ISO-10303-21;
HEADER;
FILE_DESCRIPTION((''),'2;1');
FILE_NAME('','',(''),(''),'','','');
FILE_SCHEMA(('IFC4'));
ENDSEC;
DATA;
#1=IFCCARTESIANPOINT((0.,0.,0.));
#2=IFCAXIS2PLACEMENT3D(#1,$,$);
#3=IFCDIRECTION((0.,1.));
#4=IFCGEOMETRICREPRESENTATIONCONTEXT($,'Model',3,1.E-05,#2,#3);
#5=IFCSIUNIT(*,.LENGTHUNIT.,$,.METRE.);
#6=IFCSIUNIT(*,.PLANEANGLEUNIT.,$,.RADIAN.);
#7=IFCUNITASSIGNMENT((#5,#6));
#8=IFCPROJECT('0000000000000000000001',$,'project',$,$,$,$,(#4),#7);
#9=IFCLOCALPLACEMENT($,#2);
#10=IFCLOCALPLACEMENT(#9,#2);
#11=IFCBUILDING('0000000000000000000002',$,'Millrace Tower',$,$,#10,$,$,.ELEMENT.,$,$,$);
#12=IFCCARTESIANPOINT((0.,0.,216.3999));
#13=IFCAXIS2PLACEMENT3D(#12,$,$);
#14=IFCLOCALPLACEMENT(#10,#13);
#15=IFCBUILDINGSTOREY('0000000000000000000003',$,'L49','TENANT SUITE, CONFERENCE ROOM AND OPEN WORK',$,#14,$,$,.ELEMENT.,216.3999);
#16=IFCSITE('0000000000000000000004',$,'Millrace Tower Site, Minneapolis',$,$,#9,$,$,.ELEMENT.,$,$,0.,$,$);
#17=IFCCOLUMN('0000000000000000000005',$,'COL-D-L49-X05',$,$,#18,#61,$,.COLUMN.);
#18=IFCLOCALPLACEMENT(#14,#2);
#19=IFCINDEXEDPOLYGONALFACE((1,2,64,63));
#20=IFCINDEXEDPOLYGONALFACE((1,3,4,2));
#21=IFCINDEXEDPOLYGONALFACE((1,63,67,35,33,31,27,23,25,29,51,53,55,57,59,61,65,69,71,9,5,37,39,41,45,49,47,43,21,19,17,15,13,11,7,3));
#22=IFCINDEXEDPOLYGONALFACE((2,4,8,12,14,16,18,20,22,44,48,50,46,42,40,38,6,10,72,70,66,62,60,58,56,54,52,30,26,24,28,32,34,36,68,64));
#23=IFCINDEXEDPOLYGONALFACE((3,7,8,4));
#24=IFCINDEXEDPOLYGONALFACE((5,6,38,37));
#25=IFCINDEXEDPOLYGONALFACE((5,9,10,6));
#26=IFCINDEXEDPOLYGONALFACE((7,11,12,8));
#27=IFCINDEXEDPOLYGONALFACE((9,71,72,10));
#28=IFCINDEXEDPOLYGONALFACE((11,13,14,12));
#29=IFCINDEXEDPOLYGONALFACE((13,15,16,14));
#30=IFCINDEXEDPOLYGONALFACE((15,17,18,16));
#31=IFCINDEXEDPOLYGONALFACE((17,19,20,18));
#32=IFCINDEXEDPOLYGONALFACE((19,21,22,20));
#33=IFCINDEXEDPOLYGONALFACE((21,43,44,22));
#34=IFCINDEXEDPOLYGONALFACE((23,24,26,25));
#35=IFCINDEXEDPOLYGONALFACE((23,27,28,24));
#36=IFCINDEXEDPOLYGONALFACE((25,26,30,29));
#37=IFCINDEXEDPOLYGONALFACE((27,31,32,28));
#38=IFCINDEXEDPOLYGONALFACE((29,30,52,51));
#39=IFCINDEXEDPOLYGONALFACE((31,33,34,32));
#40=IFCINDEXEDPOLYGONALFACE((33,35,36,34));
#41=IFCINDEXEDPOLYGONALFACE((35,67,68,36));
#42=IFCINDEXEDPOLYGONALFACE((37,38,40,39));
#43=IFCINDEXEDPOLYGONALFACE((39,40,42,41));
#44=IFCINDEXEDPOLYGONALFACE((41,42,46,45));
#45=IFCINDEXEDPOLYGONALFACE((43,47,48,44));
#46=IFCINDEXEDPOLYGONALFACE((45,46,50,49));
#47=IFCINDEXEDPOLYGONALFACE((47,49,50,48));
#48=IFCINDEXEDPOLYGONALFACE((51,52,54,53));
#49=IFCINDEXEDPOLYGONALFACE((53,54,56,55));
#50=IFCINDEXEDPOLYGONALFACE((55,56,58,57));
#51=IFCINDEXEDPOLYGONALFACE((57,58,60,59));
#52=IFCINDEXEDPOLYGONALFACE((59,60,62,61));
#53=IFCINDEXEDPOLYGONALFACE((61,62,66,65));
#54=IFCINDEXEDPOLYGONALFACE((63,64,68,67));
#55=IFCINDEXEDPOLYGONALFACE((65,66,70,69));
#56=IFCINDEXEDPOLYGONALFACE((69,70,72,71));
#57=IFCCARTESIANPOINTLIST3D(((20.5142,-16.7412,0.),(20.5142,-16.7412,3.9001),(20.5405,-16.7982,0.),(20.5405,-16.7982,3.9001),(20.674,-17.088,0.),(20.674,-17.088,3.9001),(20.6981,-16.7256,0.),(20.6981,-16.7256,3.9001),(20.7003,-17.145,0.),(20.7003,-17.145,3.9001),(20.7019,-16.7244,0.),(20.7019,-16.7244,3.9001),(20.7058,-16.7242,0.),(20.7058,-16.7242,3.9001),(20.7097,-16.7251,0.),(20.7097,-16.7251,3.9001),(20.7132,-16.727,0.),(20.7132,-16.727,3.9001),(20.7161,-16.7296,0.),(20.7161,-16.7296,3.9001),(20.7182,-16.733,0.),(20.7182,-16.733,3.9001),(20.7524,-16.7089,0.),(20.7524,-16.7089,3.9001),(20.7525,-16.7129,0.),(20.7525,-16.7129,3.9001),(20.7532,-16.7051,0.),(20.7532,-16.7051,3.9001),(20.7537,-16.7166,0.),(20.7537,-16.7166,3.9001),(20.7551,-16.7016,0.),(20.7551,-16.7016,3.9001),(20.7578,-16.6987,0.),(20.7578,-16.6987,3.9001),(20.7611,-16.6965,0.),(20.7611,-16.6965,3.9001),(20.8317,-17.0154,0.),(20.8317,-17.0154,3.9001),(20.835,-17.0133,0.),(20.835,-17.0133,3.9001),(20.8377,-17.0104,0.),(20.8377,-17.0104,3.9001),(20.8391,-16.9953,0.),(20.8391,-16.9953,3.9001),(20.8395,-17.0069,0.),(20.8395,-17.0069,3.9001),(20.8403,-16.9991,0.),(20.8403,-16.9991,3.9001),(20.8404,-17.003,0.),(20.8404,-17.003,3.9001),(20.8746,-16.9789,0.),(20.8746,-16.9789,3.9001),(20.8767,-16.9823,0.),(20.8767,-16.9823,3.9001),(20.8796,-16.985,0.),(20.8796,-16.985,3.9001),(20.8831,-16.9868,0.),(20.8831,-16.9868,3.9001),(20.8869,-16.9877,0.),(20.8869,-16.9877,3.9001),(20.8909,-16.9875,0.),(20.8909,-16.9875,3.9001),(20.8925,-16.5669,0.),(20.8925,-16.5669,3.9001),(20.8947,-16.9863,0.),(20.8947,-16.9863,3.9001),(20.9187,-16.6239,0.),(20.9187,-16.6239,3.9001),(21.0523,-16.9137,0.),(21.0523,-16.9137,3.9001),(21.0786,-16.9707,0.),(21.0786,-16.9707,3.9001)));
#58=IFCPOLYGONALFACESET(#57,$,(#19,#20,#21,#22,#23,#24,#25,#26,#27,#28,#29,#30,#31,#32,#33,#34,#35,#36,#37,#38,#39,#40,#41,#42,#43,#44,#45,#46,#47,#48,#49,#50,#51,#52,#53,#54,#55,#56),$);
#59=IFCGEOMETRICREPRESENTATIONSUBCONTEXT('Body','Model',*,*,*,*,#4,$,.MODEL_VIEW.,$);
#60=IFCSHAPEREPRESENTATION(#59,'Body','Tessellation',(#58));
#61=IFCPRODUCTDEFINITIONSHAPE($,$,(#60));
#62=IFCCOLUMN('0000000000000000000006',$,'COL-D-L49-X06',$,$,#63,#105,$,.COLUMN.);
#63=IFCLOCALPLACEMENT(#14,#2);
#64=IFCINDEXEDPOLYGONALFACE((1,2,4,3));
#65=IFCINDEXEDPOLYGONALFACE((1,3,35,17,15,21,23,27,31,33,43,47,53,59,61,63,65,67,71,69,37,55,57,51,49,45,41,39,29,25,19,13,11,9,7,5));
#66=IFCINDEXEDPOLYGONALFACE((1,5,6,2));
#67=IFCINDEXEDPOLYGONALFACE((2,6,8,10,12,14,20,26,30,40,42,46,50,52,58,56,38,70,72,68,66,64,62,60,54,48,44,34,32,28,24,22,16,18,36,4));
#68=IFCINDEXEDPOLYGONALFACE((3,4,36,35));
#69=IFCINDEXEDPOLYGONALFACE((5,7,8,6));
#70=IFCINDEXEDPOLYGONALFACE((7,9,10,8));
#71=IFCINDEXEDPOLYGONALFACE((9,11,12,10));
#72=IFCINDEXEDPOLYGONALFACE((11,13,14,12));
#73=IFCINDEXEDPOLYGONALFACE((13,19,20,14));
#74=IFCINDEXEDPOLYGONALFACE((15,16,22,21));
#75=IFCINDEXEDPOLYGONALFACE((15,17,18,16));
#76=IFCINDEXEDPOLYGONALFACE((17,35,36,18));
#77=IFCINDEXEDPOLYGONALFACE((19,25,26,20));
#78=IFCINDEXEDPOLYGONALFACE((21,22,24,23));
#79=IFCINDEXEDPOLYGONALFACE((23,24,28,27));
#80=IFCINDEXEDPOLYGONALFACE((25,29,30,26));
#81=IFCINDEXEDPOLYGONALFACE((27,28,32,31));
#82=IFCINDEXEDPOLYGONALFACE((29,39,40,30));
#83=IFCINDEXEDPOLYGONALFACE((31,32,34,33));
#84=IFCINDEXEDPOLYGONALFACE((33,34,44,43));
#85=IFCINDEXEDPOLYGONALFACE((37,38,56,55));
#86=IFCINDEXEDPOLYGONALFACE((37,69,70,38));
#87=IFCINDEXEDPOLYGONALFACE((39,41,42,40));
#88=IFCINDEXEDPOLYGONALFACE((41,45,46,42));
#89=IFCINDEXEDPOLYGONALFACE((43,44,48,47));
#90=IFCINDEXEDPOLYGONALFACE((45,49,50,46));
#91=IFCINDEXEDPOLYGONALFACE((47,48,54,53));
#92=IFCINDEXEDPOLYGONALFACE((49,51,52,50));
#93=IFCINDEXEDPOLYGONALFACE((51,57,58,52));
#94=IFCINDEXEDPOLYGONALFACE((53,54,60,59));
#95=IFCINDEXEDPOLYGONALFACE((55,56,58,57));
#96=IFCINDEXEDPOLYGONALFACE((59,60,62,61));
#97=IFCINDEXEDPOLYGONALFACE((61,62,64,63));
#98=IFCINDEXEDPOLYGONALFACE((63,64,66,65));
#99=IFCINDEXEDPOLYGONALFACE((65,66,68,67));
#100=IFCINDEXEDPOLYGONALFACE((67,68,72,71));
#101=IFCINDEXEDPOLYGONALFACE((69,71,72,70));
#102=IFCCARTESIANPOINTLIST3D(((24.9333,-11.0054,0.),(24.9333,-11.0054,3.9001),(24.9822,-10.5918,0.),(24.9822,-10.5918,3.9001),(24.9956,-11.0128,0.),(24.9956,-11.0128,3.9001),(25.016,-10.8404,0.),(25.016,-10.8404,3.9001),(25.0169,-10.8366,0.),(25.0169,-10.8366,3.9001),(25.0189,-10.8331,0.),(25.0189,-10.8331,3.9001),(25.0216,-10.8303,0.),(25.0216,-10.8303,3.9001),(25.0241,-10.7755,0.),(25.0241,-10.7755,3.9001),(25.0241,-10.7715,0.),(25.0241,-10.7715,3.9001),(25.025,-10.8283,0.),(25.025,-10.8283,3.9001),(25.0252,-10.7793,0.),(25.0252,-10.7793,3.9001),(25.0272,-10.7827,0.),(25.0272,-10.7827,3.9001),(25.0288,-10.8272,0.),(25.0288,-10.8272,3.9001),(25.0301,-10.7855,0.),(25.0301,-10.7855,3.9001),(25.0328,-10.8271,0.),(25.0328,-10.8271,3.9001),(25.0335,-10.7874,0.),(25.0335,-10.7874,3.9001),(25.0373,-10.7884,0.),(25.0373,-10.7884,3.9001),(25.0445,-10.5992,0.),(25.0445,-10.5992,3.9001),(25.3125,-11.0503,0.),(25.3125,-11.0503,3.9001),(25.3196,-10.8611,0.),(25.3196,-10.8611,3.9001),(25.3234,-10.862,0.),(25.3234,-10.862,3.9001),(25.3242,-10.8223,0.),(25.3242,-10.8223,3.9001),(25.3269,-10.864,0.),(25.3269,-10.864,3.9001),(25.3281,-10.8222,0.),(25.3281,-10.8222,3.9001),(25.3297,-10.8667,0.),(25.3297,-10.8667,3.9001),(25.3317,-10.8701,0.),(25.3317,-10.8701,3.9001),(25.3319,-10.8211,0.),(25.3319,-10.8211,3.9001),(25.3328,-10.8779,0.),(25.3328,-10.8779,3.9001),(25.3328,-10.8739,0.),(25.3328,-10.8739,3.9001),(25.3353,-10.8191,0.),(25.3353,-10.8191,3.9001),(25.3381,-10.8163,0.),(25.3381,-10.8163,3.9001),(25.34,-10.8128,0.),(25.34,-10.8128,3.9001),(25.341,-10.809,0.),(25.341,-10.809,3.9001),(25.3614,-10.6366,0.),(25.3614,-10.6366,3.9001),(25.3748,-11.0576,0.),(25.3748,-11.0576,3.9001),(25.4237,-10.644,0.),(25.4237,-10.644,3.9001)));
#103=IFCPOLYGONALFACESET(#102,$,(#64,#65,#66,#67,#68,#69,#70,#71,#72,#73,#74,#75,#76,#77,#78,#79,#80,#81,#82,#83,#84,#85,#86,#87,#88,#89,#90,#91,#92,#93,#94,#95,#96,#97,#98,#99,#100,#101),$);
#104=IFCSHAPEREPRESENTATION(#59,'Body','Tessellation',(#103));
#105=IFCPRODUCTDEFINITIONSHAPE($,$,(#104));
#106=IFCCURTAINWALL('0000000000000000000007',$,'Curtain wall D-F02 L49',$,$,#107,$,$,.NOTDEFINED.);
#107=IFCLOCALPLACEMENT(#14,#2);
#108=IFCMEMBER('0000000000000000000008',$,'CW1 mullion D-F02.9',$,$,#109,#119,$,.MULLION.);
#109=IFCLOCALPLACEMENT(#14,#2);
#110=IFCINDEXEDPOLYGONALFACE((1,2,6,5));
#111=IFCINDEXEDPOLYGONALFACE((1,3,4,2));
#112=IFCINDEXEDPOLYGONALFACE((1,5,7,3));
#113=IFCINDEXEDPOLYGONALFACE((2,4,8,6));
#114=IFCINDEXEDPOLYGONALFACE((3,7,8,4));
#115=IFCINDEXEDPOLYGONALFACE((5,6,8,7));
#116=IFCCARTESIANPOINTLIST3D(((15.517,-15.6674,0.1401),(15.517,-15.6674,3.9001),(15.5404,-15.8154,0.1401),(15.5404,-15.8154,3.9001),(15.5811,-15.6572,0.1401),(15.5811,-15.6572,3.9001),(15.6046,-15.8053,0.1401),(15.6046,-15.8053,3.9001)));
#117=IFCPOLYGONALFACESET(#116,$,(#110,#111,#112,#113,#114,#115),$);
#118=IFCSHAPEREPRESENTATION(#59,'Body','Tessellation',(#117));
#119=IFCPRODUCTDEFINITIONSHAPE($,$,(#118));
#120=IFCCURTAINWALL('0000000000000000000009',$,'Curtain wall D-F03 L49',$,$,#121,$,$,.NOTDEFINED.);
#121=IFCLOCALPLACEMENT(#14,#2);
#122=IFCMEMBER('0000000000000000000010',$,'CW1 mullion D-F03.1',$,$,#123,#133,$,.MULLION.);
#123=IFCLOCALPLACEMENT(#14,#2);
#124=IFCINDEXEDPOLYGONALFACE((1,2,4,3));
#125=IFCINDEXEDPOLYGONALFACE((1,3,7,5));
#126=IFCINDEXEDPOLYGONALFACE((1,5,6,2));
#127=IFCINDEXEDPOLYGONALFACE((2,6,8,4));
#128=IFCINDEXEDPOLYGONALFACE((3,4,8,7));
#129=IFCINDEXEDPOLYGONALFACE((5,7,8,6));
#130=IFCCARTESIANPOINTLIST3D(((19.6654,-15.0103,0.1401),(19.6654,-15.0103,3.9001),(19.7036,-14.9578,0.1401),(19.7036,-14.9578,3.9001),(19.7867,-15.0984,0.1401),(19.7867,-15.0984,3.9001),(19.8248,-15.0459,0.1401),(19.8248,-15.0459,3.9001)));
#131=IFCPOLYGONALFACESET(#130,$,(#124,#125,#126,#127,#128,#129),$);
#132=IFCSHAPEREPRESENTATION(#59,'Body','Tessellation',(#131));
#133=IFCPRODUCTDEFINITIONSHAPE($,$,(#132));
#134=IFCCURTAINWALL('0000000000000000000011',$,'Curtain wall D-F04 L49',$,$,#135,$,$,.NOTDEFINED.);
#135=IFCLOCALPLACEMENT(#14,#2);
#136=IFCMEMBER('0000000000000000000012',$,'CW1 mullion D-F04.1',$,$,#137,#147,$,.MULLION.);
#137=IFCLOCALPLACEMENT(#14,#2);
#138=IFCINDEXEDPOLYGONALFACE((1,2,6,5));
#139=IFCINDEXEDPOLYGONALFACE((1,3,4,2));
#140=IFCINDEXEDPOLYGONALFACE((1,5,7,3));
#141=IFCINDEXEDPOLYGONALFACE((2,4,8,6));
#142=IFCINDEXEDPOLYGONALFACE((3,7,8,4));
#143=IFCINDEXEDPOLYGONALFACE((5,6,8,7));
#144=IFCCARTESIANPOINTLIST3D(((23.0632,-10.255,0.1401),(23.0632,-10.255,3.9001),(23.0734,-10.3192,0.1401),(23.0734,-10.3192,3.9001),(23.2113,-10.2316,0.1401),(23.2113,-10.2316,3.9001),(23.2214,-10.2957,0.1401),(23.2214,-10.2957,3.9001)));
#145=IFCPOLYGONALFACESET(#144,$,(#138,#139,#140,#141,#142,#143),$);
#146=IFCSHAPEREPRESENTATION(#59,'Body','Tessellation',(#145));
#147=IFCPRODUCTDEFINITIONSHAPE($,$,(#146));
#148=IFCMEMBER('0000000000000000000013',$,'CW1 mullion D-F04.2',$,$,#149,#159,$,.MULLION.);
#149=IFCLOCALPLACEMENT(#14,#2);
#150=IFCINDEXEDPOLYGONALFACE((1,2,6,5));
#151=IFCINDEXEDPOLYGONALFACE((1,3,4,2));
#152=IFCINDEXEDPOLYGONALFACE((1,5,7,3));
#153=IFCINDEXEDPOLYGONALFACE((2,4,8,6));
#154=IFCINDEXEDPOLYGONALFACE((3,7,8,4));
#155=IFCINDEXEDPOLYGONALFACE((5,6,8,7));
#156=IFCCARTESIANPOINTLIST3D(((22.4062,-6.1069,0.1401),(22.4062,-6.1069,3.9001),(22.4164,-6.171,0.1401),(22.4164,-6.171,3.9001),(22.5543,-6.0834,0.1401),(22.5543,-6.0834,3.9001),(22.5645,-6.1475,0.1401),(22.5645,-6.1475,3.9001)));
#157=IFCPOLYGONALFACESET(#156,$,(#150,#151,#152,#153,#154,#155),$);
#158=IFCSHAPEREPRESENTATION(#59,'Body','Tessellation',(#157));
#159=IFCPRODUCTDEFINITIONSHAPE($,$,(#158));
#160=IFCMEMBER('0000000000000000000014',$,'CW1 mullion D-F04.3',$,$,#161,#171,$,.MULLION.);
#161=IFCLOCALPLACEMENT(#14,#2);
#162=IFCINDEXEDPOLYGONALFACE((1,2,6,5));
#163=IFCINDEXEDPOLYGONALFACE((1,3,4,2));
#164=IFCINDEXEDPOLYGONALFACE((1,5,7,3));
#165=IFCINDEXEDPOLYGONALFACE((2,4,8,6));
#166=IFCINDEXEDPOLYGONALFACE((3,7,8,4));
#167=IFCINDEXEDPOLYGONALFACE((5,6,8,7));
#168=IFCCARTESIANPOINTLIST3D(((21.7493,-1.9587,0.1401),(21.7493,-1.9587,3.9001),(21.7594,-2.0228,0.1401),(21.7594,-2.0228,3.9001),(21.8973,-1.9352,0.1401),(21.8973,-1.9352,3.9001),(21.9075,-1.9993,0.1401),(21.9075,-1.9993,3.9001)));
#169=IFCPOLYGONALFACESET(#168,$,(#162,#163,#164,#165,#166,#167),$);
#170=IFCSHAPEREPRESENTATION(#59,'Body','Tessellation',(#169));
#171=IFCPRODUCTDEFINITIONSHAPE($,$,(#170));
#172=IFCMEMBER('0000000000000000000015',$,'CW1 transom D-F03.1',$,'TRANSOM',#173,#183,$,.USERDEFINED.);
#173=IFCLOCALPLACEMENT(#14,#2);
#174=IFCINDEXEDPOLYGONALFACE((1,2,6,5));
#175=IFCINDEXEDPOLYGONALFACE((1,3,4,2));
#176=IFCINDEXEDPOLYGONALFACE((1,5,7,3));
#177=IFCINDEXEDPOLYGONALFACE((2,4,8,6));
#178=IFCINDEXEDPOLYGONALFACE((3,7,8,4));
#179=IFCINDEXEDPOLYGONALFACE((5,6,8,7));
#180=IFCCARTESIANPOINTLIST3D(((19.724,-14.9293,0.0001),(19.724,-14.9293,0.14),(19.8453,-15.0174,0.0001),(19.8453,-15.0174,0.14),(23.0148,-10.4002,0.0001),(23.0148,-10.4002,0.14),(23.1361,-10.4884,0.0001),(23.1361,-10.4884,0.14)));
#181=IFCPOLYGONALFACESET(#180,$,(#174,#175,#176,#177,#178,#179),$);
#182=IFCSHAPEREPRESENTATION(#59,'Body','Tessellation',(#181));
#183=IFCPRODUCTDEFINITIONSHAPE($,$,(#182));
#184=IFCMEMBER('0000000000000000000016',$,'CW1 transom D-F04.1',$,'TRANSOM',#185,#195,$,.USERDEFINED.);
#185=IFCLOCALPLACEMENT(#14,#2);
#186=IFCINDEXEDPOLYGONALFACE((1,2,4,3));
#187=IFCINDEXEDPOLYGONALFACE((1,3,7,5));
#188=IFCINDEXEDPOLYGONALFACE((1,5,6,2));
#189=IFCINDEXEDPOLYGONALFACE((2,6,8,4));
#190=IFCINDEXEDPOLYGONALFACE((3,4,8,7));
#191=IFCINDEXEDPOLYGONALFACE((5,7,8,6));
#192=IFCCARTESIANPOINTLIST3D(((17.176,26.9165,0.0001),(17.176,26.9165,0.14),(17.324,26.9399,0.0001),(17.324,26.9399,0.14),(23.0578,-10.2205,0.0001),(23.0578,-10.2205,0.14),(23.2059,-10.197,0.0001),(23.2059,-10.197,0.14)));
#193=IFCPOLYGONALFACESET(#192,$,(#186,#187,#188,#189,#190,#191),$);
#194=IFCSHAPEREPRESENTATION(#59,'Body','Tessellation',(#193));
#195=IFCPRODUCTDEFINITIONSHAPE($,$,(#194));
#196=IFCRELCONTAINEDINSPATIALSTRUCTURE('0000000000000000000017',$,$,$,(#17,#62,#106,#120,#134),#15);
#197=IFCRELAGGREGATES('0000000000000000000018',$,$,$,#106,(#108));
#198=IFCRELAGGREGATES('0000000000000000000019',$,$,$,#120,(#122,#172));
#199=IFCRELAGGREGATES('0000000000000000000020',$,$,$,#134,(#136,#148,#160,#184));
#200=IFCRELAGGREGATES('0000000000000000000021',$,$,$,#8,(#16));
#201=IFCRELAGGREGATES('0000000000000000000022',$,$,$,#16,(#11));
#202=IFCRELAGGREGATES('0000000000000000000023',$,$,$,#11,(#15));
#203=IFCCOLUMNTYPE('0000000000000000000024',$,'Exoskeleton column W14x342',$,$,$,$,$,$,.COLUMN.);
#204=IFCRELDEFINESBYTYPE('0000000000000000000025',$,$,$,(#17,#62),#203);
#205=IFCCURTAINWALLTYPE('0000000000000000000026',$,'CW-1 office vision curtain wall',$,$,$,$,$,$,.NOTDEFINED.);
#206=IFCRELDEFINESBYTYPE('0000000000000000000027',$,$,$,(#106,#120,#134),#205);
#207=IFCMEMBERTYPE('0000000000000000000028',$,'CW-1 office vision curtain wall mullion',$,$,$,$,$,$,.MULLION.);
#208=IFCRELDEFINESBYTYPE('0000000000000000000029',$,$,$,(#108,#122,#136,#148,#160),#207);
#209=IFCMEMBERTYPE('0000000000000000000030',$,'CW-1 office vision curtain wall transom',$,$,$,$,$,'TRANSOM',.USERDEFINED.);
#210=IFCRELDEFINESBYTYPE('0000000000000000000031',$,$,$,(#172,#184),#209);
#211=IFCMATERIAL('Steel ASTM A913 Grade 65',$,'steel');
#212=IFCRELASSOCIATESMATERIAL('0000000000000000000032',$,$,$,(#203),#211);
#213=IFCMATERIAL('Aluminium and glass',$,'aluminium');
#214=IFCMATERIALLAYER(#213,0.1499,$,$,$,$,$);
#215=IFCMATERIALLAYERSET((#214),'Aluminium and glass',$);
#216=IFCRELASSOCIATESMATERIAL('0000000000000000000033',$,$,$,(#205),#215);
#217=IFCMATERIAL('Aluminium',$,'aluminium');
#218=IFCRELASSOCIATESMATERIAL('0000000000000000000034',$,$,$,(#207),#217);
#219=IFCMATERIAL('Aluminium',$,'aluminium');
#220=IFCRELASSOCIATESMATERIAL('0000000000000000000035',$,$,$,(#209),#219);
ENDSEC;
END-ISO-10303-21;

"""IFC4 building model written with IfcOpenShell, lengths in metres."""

from ifc_helpers import new_model, si_unit, direction, frame, origin, origin_2d, place, context, subcontext, project, spatial, rectangle, i_section, extrude, material, layer, layer_set, material_profile, profile_set, type_object, element, aggregate, save


model = new_model("IFC4")

# Units and contexts
model_context = context("Model", 3, precision=1e-05, world=origin(), true_north=direction((0.0, 1.0)))
body_context = subcontext(model_context, "Body", "Model", "MODEL_VIEW")
ifc_project = project(units=[si_unit("LENGTHUNIT", "METRE"), si_unit("PLANEANGLEUNIT", "RADIAN")], contexts=[model_context])

# Site, building, storey
site_placement = place(None, origin())
site = spatial("IfcSite", under=ifc_project, at=site_placement, Name="Millrace Tower Site, Minneapolis", CompositionType="ELEMENT", RefElevation=0.0)
building_placement = place(site_placement, origin())
building = spatial("IfcBuilding", under=site, at=building_placement, Name="Millrace Tower", CompositionType="ELEMENT")
storey_placement = place(building_placement, frame((0.0, 0.0, 216.3999)))
storey = spatial("IfcBuildingStorey", under=building, at=storey_placement, Name="L49", Description="TENANT SUITE, CONFERENCE ROOM AND OPEN WORK", CompositionType="ELEMENT", Elevation=216.3999)

# Columns
ifc_material_1 = material(Name="Steel ASTM A913 Grade 65", Category="steel")
ifc_material_profile_1 = material_profile(ifc_material_1, i_section(OverallWidth=0.4165, OverallDepth=0.4446, WebThickness=0.0391, FlangeThickness=0.0627, FilletRadius=0.0151, at=origin_2d()))
ifc_profile_set_1 = profile_set([ifc_material_profile_1], Name="Steel ASTM A913 Grade 65")
column_type = type_object("IfcColumnType", Name="Exoskeleton column W14x342", PredefinedType="COLUMN", material=ifc_profile_set_1)
for number, where, z_axis, x_axis, name in (
    (1, (20.7964, -16.856, 0.0), (0.0, 0.0, 1.0), (0.908192, 0.418553, 0.0), "COL-D-L49-X05"),
    (2, (25.1785, -10.8247, 0.0), (0.0, 0.0, 1.0), (0.117421, 0.993082, 0.0), "COL-D-L49-X06"),
):
    element("IfcColumn", number, at=place(storey_placement, frame(where, z_axis=z_axis, x_axis=x_axis)), inside=storey, type_object=column_type, Name=name, PredefinedType="COLUMN", context=body_context, shape_type="SweptSolid", body=[
        extrude(i_section(OverallWidth=0.4165, OverallDepth=0.4446, WebThickness=0.0391, FlangeThickness=0.0627, FilletRadius=0.0151, at=origin_2d()), origin(), (0.0, 0.0, 1.0), 3.9001),
    ])

# Curtain walls, members
ifc_material_2 = material(Name="Aluminium and glass", Category="aluminium")
ifc_layer_1 = layer(ifc_material_2, 0.1499)
ifc_layer_set_1 = layer_set([ifc_layer_1], Name="Aluminium and glass")
curtain_wall_type = type_object("IfcCurtainWallType", Name="CW-1 office vision curtain wall", PredefinedType="NOTDEFINED", material=ifc_layer_set_1)
placement = place(storey_placement, origin())
curtain_wall_1 = element("IfcCurtainWall", 3, at=placement, inside=storey, type_object=curtain_wall_type, Name="Curtain wall D-F02 L49", PredefinedType="NOTDEFINED")
ifc_material_3 = material(Name="Aluminium", Category="aluminium")
ifc_material_profile_2 = material_profile(ifc_material_3, rectangle(XDim=0.0649, YDim=0.1499, at=origin_2d()))
ifc_profile_set_2 = profile_set([ifc_material_profile_2], Name="Aluminium")
member_type_1 = type_object("IfcMemberType", Name="CW-1 office vision curtain wall mullion", PredefinedType="MULLION", material=ifc_profile_set_2)
member_1_placement = place(storey_placement, frame((15.5608, -15.7363, 0.1401), z_axis=(0.0, 0.0, 1.0), x_axis=(0.987688, 0.156434, 0.0)))
member_1 = element("IfcMember", 4, at=member_1_placement, type_object=member_type_1, Name="CW1 mullion D-F02.9", PredefinedType="MULLION", context=body_context, shape_type="SweptSolid", body=[
    extrude(rectangle(XDim=0.0649, YDim=0.1499, at=origin_2d()), origin(), (0.0, 0.0, 1.0), 3.76),
])
aggregate(curtain_wall_1, [member_1])
curtain_wall_2 = element("IfcCurtainWall", 5, at=placement, inside=storey, type_object=curtain_wall_type, Name="Curtain wall D-F03 L49", PredefinedType="NOTDEFINED")
member_2_placement = place(storey_placement, frame((19.7451, -15.0281, 0.1401), z_axis=(0.0, 0.0, 1.0), x_axis=(0.587785, 0.809017, 0.0)))
member_2 = element("IfcMember", 6, at=member_2_placement, type_object=member_type_1, Name="CW1 mullion D-F03.1", PredefinedType="MULLION", context=body_context, shape_type="SweptSolid", body=[
    extrude(rectangle(XDim=0.0649, YDim=0.1499, at=origin_2d()), origin(), (0.0, 0.0, 1.0), 3.76),
])

# Curtain wall, members
curtain_wall_3 = element("IfcCurtainWall", 7, at=placement, inside=storey, type_object=curtain_wall_type, Name="Curtain wall D-F04 L49", PredefinedType="NOTDEFINED")
member_3_placement = place(storey_placement, frame((23.1423, -10.2754, 0.1401), z_axis=(0.0, 0.0, 1.0), x_axis=(-0.156434, 0.987688, 0.0)))
member_3 = element("IfcMember", 8, at=member_3_placement, type_object=member_type_1, Name="CW1 mullion D-F04.1", PredefinedType="MULLION", context=body_context, shape_type="SweptSolid", body=[
    extrude(rectangle(XDim=0.0649, YDim=0.1499, at=origin_2d()), origin(), (0.0, 0.0, 1.0), 3.76),
])
member_4_placement = place(storey_placement, frame((22.4854, -6.1272, 0.1401), z_axis=(0.0, 0.0, 1.0), x_axis=(-0.156434, 0.987688, 0.0)))
member_4 = element("IfcMember", 9, at=member_4_placement, type_object=member_type_1, Name="CW1 mullion D-F04.2", PredefinedType="MULLION", context=body_context, shape_type="SweptSolid", body=[
    extrude(rectangle(XDim=0.0649, YDim=0.1499, at=origin_2d()), origin(), (0.0, 0.0, 1.0), 3.76),
])
member_5_placement = place(storey_placement, frame((21.8284, -1.979, 0.1401), z_axis=(0.0, 0.0, 1.0), x_axis=(-0.156434, 0.987688, 0.0)))
member_5 = element("IfcMember", 10, at=member_5_placement, type_object=member_type_1, Name="CW1 mullion D-F04.3", PredefinedType="MULLION", context=body_context, shape_type="SweptSolid", body=[
    extrude(rectangle(XDim=0.0649, YDim=0.1499, at=origin_2d()), origin(), (0.0, 0.0, 1.0), 3.76),
])

# Members
ifc_material_4 = material(Name="Aluminium", Category="aluminium")
ifc_material_profile_3 = material_profile(ifc_material_4, rectangle(XDim=0.1499, YDim=0.1399, at=origin_2d()))
ifc_profile_set_3 = profile_set([ifc_material_profile_3], Name="Aluminium")
member_type_2 = type_object("IfcMemberType", Name="CW-1 office vision curtain wall transom", ElementType="TRANSOM", PredefinedType="USERDEFINED", material=ifc_profile_set_3)
member_6_placement = place(storey_placement, frame((19.7847, -14.9734, 0.0701), z_axis=(0.587811, 0.808998, 0.0), x_axis=(-0.808998, 0.587811, 0.0)))
member_6 = element("IfcMember", 11, at=member_6_placement, type_object=member_type_2, Name="CW1 transom D-F03.1", ObjectType="TRANSOM", PredefinedType="USERDEFINED", context=body_context, shape_type="SweptSolid", body=[
    extrude(rectangle(XDim=0.1499, YDim=0.1399, at=origin_2d()), origin(), (0.0, 0.0, 1.0), 5.5984),
])
aggregate(curtain_wall_2, [member_2, member_6])
member_7_placement = place(storey_placement, frame((23.1318, -10.2087, 0.0701), z_axis=(-0.156432, 0.987689, 0.0), x_axis=(-0.987689, -0.156432, 0.0)))
member_7 = element("IfcMember", 12, at=member_7_placement, type_object=member_type_2, Name="CW1 transom D-F04.1", ObjectType="TRANSOM", PredefinedType="USERDEFINED", context=body_context, shape_type="SweptSolid", body=[
    extrude(rectangle(XDim=0.1499, YDim=0.1399, at=origin_2d()), origin(), (0.0, 0.0, 1.0), 37.5999),
])
aggregate(curtain_wall_3, [member_3, member_4, member_5, member_7])

save(model, "model.ifc")
